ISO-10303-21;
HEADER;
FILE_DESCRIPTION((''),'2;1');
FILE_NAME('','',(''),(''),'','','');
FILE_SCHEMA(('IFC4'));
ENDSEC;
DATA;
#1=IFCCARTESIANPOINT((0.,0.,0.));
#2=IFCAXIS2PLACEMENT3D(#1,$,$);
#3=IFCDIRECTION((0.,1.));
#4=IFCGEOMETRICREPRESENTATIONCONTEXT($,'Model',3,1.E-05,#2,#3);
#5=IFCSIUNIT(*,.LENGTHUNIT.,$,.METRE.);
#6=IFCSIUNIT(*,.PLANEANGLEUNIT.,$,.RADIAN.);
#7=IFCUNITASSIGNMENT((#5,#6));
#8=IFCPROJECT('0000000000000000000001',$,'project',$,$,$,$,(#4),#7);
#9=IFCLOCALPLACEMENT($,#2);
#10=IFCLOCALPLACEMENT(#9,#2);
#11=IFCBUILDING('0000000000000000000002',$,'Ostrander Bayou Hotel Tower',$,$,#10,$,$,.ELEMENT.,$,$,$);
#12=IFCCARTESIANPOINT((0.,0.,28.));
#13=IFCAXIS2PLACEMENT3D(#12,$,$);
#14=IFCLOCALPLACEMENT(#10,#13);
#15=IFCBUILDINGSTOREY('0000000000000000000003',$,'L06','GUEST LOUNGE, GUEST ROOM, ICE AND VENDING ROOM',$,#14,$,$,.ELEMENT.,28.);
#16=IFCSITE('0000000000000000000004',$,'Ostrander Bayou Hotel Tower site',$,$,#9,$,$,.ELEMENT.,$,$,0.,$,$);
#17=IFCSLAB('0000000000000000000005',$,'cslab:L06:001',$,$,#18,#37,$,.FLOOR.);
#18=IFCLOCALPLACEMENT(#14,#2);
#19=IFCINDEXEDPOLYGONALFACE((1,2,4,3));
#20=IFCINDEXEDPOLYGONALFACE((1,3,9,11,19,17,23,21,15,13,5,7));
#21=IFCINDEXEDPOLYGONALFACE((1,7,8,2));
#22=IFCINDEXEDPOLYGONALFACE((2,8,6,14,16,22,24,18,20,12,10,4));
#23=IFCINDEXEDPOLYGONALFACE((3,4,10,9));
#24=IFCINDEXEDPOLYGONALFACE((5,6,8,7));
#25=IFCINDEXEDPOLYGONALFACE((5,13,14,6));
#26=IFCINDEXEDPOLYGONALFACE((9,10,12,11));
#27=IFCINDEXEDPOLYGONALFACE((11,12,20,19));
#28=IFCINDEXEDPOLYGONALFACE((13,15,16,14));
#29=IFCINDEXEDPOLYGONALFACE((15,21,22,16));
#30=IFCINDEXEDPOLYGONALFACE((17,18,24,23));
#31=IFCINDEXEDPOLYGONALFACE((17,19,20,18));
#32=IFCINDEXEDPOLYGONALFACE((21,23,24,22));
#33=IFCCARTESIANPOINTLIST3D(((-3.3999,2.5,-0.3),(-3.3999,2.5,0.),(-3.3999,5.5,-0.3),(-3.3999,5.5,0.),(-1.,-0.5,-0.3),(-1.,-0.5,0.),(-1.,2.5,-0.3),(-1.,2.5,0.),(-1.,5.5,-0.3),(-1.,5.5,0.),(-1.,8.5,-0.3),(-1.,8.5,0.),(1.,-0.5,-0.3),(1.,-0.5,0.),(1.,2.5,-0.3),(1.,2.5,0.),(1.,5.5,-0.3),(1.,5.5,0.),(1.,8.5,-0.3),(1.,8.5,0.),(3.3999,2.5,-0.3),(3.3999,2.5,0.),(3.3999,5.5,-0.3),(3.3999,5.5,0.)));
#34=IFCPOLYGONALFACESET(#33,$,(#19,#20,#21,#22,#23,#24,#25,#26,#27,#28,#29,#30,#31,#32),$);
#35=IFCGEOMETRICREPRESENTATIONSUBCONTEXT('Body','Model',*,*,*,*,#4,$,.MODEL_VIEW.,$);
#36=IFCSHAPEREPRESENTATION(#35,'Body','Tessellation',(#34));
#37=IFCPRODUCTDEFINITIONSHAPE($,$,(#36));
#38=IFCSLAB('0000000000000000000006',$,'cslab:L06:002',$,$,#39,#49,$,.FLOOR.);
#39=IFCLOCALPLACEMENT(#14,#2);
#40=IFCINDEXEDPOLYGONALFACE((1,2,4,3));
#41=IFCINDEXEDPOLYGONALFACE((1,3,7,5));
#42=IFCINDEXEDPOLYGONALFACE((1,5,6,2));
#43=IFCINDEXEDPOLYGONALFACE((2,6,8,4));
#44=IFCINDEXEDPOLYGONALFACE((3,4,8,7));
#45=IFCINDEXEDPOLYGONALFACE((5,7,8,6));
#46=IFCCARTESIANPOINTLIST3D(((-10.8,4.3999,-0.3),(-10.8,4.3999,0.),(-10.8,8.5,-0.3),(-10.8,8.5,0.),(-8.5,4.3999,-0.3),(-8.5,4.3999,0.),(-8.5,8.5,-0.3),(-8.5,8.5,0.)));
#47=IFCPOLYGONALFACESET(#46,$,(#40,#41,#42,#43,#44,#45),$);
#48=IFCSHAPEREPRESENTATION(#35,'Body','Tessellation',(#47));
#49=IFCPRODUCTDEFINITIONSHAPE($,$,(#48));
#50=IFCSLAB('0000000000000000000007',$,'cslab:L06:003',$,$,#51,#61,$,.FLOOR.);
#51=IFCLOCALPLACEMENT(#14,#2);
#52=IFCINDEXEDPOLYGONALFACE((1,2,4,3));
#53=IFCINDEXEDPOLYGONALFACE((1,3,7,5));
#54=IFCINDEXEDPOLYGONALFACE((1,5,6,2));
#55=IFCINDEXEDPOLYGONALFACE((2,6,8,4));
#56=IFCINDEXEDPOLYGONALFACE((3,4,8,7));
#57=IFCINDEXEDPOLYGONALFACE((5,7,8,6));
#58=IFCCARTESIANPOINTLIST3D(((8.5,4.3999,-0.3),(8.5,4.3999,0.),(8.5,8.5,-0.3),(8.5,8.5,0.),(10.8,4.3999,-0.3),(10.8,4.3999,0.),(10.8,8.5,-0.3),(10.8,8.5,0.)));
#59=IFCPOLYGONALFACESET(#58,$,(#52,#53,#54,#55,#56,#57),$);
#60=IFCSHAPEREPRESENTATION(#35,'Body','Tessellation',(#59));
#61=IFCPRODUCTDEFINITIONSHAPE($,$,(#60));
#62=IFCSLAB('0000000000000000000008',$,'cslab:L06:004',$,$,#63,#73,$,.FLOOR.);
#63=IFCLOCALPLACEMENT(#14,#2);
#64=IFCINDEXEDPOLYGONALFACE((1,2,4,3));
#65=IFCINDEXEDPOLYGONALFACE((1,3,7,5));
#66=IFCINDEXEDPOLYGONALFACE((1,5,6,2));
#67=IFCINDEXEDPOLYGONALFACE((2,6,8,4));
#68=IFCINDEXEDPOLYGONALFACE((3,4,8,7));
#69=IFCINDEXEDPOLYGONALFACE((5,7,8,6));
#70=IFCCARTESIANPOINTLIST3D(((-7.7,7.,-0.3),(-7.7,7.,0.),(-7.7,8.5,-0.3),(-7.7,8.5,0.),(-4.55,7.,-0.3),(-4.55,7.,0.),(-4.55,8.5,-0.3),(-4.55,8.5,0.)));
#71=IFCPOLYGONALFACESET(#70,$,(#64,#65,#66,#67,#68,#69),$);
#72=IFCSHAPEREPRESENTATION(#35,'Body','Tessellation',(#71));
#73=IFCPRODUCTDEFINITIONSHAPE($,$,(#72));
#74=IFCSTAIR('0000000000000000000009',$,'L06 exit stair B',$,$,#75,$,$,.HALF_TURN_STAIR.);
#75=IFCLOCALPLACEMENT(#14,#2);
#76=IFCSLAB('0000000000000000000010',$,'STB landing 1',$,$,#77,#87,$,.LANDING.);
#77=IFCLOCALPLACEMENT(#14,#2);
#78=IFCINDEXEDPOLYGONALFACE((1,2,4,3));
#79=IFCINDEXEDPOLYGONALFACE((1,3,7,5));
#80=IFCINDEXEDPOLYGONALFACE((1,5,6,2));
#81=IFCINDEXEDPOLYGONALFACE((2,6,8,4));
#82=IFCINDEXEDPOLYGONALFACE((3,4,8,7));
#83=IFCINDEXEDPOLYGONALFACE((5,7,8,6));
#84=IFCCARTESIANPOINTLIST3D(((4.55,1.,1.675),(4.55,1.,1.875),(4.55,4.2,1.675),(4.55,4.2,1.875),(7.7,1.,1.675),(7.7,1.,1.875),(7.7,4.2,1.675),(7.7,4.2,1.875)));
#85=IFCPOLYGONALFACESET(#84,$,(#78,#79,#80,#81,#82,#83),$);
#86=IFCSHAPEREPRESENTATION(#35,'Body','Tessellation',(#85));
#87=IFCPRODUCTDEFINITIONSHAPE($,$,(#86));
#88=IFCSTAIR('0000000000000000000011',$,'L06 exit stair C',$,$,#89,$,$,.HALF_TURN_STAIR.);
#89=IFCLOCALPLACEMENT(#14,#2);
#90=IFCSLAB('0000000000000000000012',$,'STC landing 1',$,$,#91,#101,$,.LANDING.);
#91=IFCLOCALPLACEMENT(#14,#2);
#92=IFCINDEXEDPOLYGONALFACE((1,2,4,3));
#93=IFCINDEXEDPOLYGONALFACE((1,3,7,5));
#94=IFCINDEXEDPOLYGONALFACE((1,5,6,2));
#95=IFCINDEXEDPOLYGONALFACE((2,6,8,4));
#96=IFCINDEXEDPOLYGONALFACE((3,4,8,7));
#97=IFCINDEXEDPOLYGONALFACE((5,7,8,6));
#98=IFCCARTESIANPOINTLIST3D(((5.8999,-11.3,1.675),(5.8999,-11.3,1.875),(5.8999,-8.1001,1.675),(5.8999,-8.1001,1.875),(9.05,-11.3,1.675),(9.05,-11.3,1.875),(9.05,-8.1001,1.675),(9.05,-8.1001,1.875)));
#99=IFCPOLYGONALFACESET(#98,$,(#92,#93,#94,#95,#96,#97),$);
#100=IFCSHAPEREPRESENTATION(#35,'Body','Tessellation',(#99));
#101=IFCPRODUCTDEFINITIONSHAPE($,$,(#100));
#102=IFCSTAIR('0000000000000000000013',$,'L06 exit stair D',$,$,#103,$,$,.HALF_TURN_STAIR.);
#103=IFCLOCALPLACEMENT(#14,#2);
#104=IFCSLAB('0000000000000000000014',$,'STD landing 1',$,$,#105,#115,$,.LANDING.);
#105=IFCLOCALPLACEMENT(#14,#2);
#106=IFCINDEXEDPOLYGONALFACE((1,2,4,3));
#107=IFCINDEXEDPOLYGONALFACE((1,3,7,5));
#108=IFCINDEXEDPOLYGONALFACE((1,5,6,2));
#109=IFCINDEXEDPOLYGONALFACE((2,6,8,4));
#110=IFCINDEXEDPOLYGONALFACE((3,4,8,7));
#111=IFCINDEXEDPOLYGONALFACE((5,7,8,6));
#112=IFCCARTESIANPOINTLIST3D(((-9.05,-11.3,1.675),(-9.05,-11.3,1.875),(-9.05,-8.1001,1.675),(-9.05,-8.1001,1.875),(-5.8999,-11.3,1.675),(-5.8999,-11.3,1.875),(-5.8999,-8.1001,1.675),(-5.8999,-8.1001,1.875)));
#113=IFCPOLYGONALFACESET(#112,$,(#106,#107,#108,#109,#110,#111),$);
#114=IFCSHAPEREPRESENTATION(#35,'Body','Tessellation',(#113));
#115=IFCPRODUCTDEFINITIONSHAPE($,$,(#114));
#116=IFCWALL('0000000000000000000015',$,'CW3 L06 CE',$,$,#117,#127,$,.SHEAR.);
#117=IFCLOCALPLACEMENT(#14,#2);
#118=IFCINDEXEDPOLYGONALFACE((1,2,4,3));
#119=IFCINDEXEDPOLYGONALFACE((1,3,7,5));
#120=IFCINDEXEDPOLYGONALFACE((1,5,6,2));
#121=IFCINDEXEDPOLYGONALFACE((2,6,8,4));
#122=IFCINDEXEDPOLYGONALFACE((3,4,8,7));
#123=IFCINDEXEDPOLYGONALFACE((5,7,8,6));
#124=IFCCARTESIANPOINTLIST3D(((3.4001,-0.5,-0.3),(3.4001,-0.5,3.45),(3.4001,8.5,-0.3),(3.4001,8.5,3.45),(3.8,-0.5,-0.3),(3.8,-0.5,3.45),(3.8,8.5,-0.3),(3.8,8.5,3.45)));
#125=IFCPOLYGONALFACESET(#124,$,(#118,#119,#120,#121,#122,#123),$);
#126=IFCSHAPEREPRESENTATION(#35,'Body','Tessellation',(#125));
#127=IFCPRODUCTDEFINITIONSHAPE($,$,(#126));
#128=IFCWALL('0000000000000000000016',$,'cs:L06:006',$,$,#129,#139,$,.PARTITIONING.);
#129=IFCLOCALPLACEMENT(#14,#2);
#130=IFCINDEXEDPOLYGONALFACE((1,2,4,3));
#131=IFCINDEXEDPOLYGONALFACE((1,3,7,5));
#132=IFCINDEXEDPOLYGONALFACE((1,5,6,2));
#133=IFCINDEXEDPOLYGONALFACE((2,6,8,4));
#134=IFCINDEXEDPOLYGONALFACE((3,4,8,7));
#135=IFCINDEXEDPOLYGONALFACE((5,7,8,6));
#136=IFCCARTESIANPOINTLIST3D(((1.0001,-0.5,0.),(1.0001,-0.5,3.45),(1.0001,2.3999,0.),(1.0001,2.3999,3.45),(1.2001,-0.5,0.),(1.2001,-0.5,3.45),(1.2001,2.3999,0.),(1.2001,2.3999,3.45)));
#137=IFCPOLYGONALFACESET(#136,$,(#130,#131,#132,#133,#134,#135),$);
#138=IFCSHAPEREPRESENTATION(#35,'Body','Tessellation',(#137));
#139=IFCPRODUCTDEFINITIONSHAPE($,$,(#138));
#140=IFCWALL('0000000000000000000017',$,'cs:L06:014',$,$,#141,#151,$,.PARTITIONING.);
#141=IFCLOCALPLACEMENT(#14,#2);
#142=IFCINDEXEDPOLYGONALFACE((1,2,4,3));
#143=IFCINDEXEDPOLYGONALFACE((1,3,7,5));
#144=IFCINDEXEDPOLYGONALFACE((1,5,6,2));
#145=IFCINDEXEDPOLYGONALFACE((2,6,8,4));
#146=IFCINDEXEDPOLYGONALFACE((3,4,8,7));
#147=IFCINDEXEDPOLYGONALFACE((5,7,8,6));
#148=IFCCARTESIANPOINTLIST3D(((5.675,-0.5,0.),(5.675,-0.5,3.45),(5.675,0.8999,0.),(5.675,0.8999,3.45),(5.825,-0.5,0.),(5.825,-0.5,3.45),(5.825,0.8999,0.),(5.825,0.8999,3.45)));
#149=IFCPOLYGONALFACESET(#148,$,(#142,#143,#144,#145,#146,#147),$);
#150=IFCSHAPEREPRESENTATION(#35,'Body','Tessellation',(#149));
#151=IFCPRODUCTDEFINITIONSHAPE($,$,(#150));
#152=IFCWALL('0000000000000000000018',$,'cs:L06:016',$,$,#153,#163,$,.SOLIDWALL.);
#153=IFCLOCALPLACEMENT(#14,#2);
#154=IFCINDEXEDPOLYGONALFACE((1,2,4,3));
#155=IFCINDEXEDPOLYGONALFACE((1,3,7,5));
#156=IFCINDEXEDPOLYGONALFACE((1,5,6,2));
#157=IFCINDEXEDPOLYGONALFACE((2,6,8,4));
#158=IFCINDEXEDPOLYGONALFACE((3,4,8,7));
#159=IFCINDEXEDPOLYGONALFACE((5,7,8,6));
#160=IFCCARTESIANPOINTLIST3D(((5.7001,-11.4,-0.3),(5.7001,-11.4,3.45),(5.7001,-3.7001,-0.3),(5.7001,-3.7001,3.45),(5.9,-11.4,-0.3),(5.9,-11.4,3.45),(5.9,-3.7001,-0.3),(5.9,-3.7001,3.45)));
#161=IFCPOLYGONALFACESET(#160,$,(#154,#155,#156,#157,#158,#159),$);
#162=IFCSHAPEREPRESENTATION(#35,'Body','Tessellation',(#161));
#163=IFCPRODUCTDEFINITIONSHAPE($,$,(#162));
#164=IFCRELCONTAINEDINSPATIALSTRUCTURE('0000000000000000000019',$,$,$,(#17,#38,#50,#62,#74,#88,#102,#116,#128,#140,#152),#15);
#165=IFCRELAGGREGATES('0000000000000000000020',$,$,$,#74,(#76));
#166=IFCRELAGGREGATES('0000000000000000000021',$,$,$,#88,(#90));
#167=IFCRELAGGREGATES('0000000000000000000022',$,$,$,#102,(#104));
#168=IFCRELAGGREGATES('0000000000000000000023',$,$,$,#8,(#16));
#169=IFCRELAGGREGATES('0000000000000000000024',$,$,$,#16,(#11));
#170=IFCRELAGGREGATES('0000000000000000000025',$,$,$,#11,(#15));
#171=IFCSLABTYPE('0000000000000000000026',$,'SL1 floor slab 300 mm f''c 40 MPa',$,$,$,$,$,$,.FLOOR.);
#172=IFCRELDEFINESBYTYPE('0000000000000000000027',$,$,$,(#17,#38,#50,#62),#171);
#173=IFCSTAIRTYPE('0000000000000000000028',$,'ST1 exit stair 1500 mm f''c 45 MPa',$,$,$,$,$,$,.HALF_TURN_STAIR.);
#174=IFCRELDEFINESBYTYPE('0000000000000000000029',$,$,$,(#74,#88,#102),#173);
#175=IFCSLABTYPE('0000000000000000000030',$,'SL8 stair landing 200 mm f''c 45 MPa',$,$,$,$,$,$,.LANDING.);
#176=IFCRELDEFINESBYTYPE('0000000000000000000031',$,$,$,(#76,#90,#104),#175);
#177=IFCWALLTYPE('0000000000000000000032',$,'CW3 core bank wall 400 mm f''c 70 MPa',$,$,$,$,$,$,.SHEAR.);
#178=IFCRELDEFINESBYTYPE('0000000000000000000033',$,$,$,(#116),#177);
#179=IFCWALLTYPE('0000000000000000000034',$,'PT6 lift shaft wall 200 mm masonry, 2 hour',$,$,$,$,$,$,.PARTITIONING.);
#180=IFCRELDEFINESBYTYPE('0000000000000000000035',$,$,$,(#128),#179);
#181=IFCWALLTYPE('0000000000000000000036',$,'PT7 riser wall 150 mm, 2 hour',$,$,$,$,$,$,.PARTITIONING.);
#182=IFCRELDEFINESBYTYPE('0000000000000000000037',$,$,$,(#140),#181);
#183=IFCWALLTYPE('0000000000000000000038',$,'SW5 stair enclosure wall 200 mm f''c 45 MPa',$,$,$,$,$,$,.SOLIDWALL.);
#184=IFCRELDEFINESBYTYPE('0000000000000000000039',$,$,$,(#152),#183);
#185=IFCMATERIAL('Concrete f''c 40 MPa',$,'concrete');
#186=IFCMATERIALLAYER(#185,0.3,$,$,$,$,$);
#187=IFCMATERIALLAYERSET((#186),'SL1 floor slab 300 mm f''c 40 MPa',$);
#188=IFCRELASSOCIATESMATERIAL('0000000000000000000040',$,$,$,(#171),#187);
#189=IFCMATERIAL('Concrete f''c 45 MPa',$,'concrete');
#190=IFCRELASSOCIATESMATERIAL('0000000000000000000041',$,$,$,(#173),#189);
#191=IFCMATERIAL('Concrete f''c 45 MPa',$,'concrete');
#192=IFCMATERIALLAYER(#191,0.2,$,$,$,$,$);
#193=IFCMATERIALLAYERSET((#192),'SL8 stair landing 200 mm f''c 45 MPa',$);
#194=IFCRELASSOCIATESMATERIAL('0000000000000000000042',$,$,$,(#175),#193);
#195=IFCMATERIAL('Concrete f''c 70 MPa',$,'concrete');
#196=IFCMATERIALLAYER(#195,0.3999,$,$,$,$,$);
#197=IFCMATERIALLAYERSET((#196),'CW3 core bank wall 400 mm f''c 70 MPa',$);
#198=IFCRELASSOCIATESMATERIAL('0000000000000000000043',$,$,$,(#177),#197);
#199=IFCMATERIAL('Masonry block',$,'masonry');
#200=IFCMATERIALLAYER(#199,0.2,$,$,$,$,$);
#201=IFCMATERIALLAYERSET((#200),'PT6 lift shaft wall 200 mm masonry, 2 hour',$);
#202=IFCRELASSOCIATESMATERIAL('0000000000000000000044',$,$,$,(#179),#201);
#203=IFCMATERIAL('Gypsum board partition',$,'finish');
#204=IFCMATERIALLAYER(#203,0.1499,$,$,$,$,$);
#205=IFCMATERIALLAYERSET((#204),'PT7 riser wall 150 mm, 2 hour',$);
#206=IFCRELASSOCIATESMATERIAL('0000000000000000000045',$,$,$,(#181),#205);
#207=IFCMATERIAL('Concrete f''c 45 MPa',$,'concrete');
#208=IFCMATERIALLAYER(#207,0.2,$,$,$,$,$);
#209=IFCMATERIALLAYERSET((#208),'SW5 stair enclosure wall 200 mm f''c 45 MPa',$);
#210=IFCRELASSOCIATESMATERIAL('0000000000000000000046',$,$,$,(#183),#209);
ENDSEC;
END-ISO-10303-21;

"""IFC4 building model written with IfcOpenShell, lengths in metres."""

from ifc_helpers import new_model, si_unit, direction, frame, frame_2d, origin, place, context, subcontext, project, spatial, polyline, rectangle, outline, extrude, material, layer, layer_set, type_object, element, aggregate, save


model = new_model("IFC4")

# Units and contexts
model_context = context("Model", 3, precision=1e-05, world=origin(), true_north=direction((0.0, 1.0)))
body_context = subcontext(model_context, "Body", "Model", "MODEL_VIEW")
ifc_project = project(units=[si_unit("LENGTHUNIT", "METRE"), si_unit("PLANEANGLEUNIT", "RADIAN")], contexts=[model_context])

# Site, building, storey
site_placement = place(None, origin())
site = spatial("IfcSite", under=ifc_project, at=site_placement, Name="Ostrander Bayou Hotel Tower site", CompositionType="ELEMENT", RefElevation=0.0)
building_placement = place(site_placement, origin())
building = spatial("IfcBuilding", under=site, at=building_placement, Name="Ostrander Bayou Hotel Tower", CompositionType="ELEMENT")
storey_placement = place(building_placement, frame((0.0, 0.0, 28.0)))
storey = spatial("IfcBuildingStorey", under=building, at=storey_placement, Name="L06", Description="GUEST LOUNGE, GUEST ROOM, ICE AND VENDING ROOM", CompositionType="ELEMENT", Elevation=28.0)

# Slabs
ifc_material_1 = material(Name="Concrete f'c 40 MPa", Category="concrete")
ifc_layer_1 = layer(ifc_material_1, 0.3)
ifc_layer_set_1 = layer_set([ifc_layer_1], Name="SL1 floor slab 300 mm f'c 40 MPa")
slab_type_1 = type_object("IfcSlabType", Name="SL1 floor slab 300 mm f'c 40 MPa", PredefinedType="FLOOR", material=ifc_layer_set_1)
slab_1_placement = place(storey_placement, frame((0.0, 0.0, -0.3)))
element("IfcSlab", 1, at=slab_1_placement, inside=storey, type_object=slab_type_1, Name="cslab:L06:001", PredefinedType="FLOOR", context=body_context, shape_type="SweptSolid", body=[
    extrude(outline(polyline([(-3.3999, 5.5), (-1.0, 5.5), (-1.0, 8.5), (1.0, 8.5), (1.0, 5.5), (3.3999, 5.5), (3.3999, 2.5), (1.0, 2.5), (1.0, -0.5), (-1.0, -0.5), (-1.0, 2.5), (-3.3999, 2.5), (-3.3999, 5.5)])), origin(), (0.0, 0.0, 1.0), 0.3),
])
slab_2_placement = place(storey_placement, frame((0.0, 0.0, -0.3)))
element("IfcSlab", 2, at=slab_2_placement, inside=storey, type_object=slab_type_1, Name="cslab:L06:002", PredefinedType="FLOOR", context=body_context, shape_type="SweptSolid", body=[
    extrude(outline(polyline([(-8.5, 4.3999), (-8.5, 8.5), (-10.8, 8.5), (-10.8, 4.3999), (-8.5, 4.3999)])), origin(), (0.0, 0.0, 1.0), 0.3),
])
slab_3_placement = place(storey_placement, frame((0.0, 0.0, -0.3)))
element("IfcSlab", 3, at=slab_3_placement, inside=storey, type_object=slab_type_1, Name="cslab:L06:003", PredefinedType="FLOOR", context=body_context, shape_type="SweptSolid", body=[
    extrude(outline(polyline([(10.8, 4.3999), (10.8, 8.5), (8.5, 8.5), (8.5, 4.3999), (10.8, 4.3999)])), origin(), (0.0, 0.0, 1.0), 0.3),
])
slab_4_placement = place(storey_placement, frame((0.0, 0.0, -0.3)))
element("IfcSlab", 4, at=slab_4_placement, inside=storey, type_object=slab_type_1, Name="cslab:L06:004", PredefinedType="FLOOR", context=body_context, shape_type="SweptSolid", body=[
    extrude(outline(polyline([(-4.55, 7.0), (-4.55, 8.5), (-7.7, 8.5), (-7.7, 7.0), (-4.55, 7.0)])), origin(), (0.0, 0.0, 1.0), 0.3),
])

# Stairs, slabs
ifc_material_2 = material(Name="Concrete f'c 45 MPa", Category="concrete")
stair_type = type_object("IfcStairType", Name="ST1 exit stair 1500 mm f'c 45 MPa", PredefinedType="HALF_TURN_STAIR", material=ifc_material_2)
stair_1_placement = place(storey_placement, origin())
stair_1 = element("IfcStair", 5, at=stair_1_placement, inside=storey, type_object=stair_type, Name="L06 exit stair B", PredefinedType="HALF_TURN_STAIR")
ifc_material_3 = material(Name="Concrete f'c 45 MPa", Category="concrete")
ifc_layer_2 = layer(ifc_material_3, 0.2)
ifc_layer_set_2 = layer_set([ifc_layer_2], Name="SL8 stair landing 200 mm f'c 45 MPa")
slab_type_2 = type_object("IfcSlabType", Name="SL8 stair landing 200 mm f'c 45 MPa", PredefinedType="LANDING", material=ifc_layer_set_2)
slab_5_placement = place(storey_placement, frame((0.0, 0.0, 1.675)))
slab_5 = element("IfcSlab", 6, at=slab_5_placement, type_object=slab_type_2, Name="STB landing 1", PredefinedType="LANDING", context=body_context, shape_type="SweptSolid", body=[
    extrude(outline(polyline([(4.55, 4.2), (4.55, 1.0), (7.7, 1.0), (7.7, 4.2), (4.55, 4.2)])), origin(), (0.0, 0.0, 1.0), 0.2),
])
aggregate(stair_1, [slab_5])
stair_2_placement = place(storey_placement, origin())
stair_2 = element("IfcStair", 7, at=stair_2_placement, inside=storey, type_object=stair_type, Name="L06 exit stair C", PredefinedType="HALF_TURN_STAIR")
slab_6_placement = place(storey_placement, frame((0.0, 0.0, 1.675)))
slab_6 = element("IfcSlab", 8, at=slab_6_placement, type_object=slab_type_2, Name="STC landing 1", PredefinedType="LANDING", context=body_context, shape_type="SweptSolid", body=[
    extrude(outline(polyline([(5.8999, -8.1001), (5.8999, -11.3), (9.05, -11.3), (9.05, -8.1001), (5.8999, -8.1001)])), origin(), (0.0, 0.0, 1.0), 0.2),
])
aggregate(stair_2, [slab_6])
stair_3_placement = place(storey_placement, origin())
stair_3 = element("IfcStair", 9, at=stair_3_placement, inside=storey, type_object=stair_type, Name="L06 exit stair D", PredefinedType="HALF_TURN_STAIR")
slab_7_placement = place(storey_placement, frame((0.0, 0.0, 1.675)))
slab_7 = element("IfcSlab", 10, at=slab_7_placement, type_object=slab_type_2, Name="STD landing 1", PredefinedType="LANDING", context=body_context, shape_type="SweptSolid", body=[
    extrude(outline(polyline([(-9.05, -8.1001), (-9.05, -11.3), (-5.8999, -11.3), (-5.8999, -8.1001), (-9.05, -8.1001)])), origin(), (0.0, 0.0, 1.0), 0.2),
])
aggregate(stair_3, [slab_7])

# Walls
ifc_material_4 = material(Name="Concrete f'c 70 MPa", Category="concrete")
ifc_layer_3 = layer(ifc_material_4, 0.3999)
ifc_layer_set_3 = layer_set([ifc_layer_3], Name="CW3 core bank wall 400 mm f'c 70 MPa")
wall_type_1 = type_object("IfcWallType", Name="CW3 core bank wall 400 mm f'c 70 MPa", PredefinedType="SHEAR", material=ifc_layer_set_3)
wall_1_placement = place(storey_placement, frame((3.6001, -0.5, -0.3), z_axis=(0.0, 0.0, 1.0), x_axis=(0.0, 1.0, 0.0)))
element("IfcWall", 11, at=wall_1_placement, inside=storey, type_object=wall_type_1, Name="CW3 L06 CE", PredefinedType="SHEAR", context=body_context, shape_type="SweptSolid", body=[
    extrude(rectangle(XDim=9.0, YDim=0.3999, at=frame_2d((4.5, 0.0))), origin(), (0.0, 0.0, 1.0), 3.75),
])
ifc_material_5 = material(Name="Masonry block", Category="masonry")
ifc_layer_4 = layer(ifc_material_5, 0.2)
ifc_layer_set_4 = layer_set([ifc_layer_4], Name="PT6 lift shaft wall 200 mm masonry, 2 hour")
wall_type_2 = type_object("IfcWallType", Name="PT6 lift shaft wall 200 mm masonry, 2 hour", PredefinedType="PARTITIONING", material=ifc_layer_set_4)
wall_2_placement = place(storey_placement, frame((1.1001, -0.5, 0.0), z_axis=(0.0, 0.0, 1.0), x_axis=(0.0, 1.0, 0.0)))
element("IfcWall", 12, at=wall_2_placement, inside=storey, type_object=wall_type_2, Name="cs:L06:006", PredefinedType="PARTITIONING", context=body_context, shape_type="SweptSolid", body=[
    extrude(rectangle(XDim=2.8999, YDim=0.2, at=frame_2d((1.45, 0.0))), origin(), (0.0, 0.0, 1.0), 3.45),
])
ifc_material_6 = material(Name="Gypsum board partition", Category="finish")
ifc_layer_5 = layer(ifc_material_6, 0.1499)
ifc_layer_set_5 = layer_set([ifc_layer_5], Name="PT7 riser wall 150 mm, 2 hour")
wall_type_3 = type_object("IfcWallType", Name="PT7 riser wall 150 mm, 2 hour", PredefinedType="PARTITIONING", material=ifc_layer_set_5)
wall_3_placement = place(storey_placement, frame((5.75, -0.5, 0.0), z_axis=(0.0, 0.0, 1.0), x_axis=(0.0, 1.0, 0.0)))
element("IfcWall", 13, at=wall_3_placement, inside=storey, type_object=wall_type_3, Name="cs:L06:014", PredefinedType="PARTITIONING", context=body_context, shape_type="SweptSolid", body=[
    extrude(rectangle(XDim=1.3999, YDim=0.1499, at=frame_2d((0.7, 0.0))), origin(), (0.0, 0.0, 1.0), 3.45),
])

# Shared definitions
ifc_material_7 = material(Name="Concrete f'c 45 MPa", Category="concrete")
ifc_layer_6 = layer(ifc_material_7, 0.2)
ifc_layer_set_6 = layer_set([ifc_layer_6], Name="SW5 stair enclosure wall 200 mm f'c 45 MPa")
wall_type_4 = type_object("IfcWallType", Name="SW5 stair enclosure wall 200 mm f'c 45 MPa", PredefinedType="SOLIDWALL", material=ifc_layer_set_6)

# Wall
wall_4_placement = place(storey_placement, frame((5.8, -3.7, -0.3), z_axis=(0.0, 0.0, 1.0), x_axis=(0.0, -1.0, 0.0)))
element("IfcWall", 14, at=wall_4_placement, inside=storey, type_object=wall_type_4, Name="cs:L06:016", PredefinedType="SOLIDWALL", context=body_context, shape_type="SweptSolid", body=[
    extrude(rectangle(XDim=7.7, YDim=0.2, at=frame_2d((3.8501, 0.0))), origin(), (0.0, 0.0, 1.0), 3.75),
])

save(model, "model.ifc")
